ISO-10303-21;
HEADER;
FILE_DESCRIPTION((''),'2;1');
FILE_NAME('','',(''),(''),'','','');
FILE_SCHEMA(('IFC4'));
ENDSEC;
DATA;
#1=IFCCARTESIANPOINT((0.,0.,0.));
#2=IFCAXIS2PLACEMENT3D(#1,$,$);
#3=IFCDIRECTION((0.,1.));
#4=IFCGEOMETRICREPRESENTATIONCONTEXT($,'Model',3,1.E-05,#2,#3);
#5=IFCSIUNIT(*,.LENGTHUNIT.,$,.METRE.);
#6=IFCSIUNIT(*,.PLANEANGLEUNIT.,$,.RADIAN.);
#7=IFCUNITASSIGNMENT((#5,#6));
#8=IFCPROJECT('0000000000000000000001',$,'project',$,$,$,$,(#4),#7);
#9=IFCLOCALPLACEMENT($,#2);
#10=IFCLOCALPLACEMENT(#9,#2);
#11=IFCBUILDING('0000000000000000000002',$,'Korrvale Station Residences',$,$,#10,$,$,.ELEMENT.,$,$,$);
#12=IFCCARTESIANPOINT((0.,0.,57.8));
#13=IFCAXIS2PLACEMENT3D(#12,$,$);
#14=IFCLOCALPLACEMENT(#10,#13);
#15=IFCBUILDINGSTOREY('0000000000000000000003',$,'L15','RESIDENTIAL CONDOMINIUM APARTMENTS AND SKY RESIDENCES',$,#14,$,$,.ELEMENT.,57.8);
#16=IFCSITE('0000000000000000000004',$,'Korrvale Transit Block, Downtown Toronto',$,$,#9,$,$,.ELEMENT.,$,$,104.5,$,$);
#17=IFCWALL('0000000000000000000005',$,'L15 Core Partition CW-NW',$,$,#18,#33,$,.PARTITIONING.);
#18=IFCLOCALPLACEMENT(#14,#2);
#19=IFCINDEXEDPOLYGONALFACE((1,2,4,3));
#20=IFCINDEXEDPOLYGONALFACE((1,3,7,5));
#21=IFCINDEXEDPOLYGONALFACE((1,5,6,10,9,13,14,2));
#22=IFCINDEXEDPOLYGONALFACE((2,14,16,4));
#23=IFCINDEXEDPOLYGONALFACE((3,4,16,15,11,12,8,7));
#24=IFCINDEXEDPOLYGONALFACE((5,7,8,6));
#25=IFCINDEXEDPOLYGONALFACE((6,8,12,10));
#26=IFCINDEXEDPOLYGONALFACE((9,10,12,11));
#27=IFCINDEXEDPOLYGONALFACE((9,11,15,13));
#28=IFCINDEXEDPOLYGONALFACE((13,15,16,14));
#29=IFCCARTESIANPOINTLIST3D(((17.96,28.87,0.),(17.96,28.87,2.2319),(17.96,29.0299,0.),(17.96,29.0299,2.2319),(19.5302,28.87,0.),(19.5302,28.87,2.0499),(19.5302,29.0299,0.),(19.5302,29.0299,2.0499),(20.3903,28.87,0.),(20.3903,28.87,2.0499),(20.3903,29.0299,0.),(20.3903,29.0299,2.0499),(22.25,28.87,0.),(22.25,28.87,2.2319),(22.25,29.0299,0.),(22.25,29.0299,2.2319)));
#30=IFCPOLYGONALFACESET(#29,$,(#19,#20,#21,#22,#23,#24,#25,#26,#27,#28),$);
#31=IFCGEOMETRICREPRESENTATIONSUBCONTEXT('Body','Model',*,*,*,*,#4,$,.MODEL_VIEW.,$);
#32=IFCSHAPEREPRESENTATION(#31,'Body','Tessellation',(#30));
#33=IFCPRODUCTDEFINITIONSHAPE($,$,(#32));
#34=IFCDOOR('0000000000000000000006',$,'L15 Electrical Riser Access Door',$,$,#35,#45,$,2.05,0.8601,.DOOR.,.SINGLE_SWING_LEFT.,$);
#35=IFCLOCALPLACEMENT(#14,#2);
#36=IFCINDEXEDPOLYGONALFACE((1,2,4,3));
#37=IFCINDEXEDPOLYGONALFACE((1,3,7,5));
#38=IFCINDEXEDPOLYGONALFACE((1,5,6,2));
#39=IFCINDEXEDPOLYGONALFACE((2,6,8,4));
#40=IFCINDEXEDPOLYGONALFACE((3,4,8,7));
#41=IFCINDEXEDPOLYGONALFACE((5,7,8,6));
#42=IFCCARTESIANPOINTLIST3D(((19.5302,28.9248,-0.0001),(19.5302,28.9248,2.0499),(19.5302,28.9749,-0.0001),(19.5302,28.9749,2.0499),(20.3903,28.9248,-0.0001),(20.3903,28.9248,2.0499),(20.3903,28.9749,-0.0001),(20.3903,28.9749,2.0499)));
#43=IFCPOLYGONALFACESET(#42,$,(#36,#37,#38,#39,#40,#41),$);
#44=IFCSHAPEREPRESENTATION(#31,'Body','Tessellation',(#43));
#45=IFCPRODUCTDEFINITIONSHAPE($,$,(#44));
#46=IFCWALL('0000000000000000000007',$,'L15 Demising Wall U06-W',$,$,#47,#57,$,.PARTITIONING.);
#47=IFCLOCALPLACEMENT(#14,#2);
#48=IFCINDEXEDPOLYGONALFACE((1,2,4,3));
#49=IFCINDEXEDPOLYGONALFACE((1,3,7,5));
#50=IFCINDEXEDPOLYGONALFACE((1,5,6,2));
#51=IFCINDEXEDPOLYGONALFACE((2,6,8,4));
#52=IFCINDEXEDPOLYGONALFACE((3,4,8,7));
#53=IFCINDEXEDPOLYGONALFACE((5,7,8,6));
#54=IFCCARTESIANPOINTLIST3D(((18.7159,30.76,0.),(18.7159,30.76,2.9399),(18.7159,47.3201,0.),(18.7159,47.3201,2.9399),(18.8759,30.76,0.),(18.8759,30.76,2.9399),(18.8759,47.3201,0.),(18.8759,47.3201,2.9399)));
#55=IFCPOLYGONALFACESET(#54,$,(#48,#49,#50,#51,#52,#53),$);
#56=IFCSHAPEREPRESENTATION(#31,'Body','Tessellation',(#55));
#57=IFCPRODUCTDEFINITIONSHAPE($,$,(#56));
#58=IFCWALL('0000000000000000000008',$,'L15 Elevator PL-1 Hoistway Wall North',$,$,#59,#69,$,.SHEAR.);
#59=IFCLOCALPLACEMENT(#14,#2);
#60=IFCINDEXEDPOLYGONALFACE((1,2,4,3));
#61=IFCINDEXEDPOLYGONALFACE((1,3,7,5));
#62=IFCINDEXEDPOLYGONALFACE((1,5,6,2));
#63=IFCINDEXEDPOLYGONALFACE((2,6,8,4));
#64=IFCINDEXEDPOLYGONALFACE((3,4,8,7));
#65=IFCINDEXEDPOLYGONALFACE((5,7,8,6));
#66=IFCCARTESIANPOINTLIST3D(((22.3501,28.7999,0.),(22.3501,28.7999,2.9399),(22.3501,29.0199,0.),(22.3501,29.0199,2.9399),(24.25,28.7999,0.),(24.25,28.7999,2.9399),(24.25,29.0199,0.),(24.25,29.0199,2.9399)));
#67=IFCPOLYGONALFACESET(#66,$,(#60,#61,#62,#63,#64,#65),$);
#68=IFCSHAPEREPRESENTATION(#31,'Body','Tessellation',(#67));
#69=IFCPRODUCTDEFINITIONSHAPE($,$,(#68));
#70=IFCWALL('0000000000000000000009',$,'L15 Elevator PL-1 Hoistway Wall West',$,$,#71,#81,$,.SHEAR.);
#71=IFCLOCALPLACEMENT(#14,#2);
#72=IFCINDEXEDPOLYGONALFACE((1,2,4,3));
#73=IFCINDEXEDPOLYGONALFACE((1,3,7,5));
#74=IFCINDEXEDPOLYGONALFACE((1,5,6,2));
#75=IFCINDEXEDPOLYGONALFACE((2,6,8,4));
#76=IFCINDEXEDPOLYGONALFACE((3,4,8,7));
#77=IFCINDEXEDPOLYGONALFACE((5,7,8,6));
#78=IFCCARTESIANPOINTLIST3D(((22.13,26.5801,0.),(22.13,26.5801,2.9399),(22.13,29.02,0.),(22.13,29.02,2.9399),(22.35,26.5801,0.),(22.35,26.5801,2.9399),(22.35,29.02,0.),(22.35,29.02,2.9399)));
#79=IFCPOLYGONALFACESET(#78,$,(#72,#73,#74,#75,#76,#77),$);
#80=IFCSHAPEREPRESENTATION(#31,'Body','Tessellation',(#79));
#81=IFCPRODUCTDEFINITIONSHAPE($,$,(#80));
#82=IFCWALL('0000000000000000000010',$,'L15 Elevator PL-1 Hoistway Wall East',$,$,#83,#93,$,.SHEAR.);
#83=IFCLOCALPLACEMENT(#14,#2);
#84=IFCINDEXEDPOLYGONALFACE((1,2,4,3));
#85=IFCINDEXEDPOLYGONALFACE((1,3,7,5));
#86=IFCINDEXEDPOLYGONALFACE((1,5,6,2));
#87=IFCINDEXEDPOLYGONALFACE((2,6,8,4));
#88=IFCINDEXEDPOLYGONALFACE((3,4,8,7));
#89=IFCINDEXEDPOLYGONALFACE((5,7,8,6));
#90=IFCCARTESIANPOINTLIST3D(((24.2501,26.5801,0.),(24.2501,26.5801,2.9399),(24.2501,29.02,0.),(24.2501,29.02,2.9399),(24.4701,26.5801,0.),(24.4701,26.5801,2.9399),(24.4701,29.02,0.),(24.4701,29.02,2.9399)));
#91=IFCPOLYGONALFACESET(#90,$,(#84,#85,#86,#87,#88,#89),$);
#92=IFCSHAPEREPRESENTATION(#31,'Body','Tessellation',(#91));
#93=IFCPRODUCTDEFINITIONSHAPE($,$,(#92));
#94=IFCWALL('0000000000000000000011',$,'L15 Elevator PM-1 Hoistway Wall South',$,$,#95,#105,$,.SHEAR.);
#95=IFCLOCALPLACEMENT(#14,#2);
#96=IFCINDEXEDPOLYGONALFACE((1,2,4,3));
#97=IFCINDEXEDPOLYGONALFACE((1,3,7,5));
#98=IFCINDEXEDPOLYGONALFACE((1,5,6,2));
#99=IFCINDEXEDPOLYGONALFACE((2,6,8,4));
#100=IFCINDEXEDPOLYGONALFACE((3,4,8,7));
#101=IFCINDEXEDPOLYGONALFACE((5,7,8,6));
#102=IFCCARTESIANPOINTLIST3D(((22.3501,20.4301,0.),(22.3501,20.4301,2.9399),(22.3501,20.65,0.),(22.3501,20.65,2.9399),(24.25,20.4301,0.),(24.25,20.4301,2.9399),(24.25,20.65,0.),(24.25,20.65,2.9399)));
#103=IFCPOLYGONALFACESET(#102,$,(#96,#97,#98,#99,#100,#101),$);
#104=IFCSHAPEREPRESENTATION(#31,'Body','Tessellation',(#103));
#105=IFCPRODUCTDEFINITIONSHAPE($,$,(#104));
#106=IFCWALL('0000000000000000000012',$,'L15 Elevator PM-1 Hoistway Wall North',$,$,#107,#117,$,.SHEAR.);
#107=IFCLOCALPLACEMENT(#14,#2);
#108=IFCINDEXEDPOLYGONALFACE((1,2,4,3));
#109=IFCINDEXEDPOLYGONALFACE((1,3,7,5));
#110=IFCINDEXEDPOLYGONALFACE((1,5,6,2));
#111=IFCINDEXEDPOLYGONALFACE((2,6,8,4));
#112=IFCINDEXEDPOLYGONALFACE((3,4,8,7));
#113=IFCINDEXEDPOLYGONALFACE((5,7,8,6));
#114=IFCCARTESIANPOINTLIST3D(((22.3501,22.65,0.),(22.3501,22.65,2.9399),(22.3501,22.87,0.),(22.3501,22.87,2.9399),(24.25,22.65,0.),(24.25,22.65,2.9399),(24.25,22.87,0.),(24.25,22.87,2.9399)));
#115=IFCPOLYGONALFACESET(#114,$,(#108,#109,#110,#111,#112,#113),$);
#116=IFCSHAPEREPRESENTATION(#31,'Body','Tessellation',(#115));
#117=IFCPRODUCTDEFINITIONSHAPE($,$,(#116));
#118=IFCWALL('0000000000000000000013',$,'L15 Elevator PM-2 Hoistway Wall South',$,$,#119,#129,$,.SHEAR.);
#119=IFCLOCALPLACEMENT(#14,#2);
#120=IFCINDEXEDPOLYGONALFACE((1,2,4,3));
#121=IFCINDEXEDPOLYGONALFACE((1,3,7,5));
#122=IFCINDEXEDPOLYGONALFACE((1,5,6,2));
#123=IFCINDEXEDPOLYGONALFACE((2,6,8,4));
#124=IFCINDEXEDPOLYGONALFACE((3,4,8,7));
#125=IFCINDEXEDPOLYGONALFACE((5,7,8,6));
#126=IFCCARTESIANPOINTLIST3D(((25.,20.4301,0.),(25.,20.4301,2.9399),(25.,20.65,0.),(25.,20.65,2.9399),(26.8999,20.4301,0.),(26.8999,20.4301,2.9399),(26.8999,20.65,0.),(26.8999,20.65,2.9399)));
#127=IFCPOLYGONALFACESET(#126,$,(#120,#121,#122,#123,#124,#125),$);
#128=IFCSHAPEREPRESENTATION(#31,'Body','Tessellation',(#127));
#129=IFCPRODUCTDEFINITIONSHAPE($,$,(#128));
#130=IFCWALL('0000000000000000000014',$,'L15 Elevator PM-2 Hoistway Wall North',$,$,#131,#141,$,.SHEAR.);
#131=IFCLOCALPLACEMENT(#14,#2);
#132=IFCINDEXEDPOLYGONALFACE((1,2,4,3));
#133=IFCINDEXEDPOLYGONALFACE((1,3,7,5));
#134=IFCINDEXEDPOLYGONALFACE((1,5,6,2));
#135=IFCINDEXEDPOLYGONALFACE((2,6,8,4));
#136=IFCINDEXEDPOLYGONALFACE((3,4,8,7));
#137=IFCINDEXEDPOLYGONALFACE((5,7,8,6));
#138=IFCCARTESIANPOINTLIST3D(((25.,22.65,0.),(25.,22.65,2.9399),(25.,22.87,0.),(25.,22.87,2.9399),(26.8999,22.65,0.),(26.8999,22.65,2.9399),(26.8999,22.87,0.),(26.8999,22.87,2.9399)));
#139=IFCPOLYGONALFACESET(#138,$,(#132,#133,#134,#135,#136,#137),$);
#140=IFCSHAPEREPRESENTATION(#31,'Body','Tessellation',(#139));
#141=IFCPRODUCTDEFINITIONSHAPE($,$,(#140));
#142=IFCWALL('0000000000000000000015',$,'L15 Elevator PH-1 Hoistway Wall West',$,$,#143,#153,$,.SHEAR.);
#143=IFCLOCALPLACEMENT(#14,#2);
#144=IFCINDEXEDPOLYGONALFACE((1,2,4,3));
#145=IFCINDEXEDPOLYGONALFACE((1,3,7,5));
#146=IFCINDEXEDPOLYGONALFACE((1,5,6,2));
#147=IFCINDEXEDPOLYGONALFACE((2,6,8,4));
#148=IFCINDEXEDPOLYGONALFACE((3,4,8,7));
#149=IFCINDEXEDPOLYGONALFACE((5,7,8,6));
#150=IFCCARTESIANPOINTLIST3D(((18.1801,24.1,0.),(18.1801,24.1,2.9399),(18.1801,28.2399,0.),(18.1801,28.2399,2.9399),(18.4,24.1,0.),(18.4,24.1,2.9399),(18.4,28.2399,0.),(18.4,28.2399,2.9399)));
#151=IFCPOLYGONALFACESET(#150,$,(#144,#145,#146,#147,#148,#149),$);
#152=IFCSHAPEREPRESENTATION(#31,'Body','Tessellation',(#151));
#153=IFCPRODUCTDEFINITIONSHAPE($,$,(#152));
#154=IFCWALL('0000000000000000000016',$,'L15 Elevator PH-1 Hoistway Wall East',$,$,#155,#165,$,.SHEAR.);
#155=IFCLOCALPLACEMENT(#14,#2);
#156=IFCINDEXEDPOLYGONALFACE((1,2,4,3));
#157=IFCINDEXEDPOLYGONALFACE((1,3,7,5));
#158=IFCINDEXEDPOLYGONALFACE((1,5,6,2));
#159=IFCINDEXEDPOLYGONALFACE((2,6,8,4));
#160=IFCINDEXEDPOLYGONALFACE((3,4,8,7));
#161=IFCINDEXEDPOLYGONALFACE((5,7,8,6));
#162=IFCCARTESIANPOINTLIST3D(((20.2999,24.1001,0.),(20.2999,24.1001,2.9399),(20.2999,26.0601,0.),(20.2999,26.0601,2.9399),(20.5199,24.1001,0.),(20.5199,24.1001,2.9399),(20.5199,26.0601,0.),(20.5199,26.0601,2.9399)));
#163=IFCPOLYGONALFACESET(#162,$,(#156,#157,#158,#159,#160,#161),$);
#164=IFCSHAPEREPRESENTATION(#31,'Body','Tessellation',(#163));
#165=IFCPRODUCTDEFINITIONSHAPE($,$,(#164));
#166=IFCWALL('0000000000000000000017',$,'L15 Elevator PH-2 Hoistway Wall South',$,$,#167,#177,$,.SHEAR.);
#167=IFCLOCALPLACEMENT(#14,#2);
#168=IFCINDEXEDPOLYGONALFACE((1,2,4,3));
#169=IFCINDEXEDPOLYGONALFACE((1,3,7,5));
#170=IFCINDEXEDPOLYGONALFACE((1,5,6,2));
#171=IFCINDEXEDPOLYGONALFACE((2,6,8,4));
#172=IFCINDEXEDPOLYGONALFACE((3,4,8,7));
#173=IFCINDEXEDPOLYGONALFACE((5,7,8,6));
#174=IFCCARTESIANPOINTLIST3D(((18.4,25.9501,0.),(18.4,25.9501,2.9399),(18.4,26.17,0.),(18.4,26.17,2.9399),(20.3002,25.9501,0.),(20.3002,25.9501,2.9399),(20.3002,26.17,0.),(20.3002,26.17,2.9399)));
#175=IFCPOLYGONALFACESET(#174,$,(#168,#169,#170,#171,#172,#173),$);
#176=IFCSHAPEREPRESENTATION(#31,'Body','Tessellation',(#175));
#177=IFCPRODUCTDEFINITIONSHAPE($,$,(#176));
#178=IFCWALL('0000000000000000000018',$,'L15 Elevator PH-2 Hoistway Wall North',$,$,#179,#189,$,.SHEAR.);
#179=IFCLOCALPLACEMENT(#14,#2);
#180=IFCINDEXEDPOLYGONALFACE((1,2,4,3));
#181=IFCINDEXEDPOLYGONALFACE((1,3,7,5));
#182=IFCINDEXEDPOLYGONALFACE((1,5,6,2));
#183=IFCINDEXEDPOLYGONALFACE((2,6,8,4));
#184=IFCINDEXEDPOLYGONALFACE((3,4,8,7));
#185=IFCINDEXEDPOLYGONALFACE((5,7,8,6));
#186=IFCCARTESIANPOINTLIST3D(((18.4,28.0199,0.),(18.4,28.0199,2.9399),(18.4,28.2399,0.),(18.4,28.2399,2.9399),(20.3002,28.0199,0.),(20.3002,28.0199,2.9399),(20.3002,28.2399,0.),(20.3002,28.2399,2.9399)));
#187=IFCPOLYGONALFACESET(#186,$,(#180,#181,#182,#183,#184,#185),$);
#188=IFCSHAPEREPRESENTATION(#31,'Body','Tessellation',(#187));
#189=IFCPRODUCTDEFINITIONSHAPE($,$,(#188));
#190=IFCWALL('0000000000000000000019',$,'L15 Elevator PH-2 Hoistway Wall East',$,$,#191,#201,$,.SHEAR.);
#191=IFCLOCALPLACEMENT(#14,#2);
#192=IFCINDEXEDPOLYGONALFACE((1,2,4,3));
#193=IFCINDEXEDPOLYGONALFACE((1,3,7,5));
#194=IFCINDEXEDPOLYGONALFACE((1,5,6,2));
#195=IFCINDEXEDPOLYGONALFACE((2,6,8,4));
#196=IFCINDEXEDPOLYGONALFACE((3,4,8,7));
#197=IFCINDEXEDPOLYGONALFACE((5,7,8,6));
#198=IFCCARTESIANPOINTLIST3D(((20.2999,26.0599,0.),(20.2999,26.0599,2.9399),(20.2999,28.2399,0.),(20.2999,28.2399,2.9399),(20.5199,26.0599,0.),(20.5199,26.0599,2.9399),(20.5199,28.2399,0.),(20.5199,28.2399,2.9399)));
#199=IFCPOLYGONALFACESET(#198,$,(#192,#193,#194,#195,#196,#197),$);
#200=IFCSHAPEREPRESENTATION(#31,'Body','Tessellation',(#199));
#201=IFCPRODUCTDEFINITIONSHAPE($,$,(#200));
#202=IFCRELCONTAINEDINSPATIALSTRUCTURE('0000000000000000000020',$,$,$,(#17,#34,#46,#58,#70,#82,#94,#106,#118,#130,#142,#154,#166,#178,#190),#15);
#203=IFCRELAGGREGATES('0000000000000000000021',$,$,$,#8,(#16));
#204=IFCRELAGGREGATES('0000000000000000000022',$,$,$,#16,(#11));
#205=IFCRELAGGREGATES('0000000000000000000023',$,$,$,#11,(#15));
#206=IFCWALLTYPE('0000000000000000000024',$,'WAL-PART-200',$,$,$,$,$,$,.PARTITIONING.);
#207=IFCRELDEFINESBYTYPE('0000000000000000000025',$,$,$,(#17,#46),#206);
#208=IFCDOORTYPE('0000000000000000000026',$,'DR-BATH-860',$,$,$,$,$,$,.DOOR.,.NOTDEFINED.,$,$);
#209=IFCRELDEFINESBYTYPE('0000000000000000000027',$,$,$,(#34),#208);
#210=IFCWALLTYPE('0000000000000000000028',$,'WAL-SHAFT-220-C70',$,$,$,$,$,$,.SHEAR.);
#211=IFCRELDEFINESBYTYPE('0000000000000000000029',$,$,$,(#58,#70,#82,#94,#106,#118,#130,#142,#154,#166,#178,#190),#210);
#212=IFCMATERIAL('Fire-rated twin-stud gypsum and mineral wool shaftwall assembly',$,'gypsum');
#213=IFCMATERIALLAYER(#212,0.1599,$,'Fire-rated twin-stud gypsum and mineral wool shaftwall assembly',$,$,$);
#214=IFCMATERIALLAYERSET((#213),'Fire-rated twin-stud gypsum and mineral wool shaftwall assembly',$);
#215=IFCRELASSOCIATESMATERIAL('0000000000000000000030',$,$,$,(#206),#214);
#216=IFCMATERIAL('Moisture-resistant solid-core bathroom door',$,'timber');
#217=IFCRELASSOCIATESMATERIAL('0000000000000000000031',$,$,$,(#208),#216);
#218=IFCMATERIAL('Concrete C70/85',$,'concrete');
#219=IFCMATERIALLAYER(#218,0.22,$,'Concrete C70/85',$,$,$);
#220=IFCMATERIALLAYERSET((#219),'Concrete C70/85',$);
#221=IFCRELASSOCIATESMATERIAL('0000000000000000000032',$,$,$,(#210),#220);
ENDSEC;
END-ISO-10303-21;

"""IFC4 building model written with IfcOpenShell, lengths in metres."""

from ifc_helpers import new_model, si_unit, direction, frame, frame_2d, origin, place, context, subcontext, project, spatial, rectangle, extrude, material, layer, layer_set, type_object, element, fill, save


model = new_model("IFC4")

# Units and contexts
model_context = context("Model", 3, precision=1e-05, world=origin(), true_north=direction((0.0, 1.0)))
body_context = subcontext(model_context, "Body", "Model", "MODEL_VIEW")
ifc_project = project(units=[si_unit("LENGTHUNIT", "METRE"), si_unit("PLANEANGLEUNIT", "RADIAN")], contexts=[model_context])

# Site, building, storey
site_placement = place(None, origin())
site = spatial("IfcSite", under=ifc_project, at=site_placement, Name="Korrvale Transit Block, Downtown Toronto", CompositionType="ELEMENT", RefElevation=104.5)
building_placement = place(site_placement, origin())
building = spatial("IfcBuilding", under=site, at=building_placement, Name="Korrvale Station Residences", CompositionType="ELEMENT")
storey_placement = place(building_placement, frame((0.0, 0.0, 57.8)))
storey = spatial("IfcBuildingStorey", under=building, at=storey_placement, Name="L15", Description="RESIDENTIAL CONDOMINIUM APARTMENTS AND SKY RESIDENCES", CompositionType="ELEMENT", Elevation=57.8)

# Shared definitions
ifc_material_1 = material(Name="Concrete C70/85", Category="concrete")

# Shared definitions
ifc_material_2 = material(Name="Fire-rated twin-stud gypsum and mineral wool shaftwall assembly", Category="gypsum")
ifc_layer_1 = layer(ifc_material_2, 0.1599, Name="Fire-rated twin-stud gypsum and mineral wool shaftwall assembly")
ifc_layer_set_1 = layer_set([ifc_layer_1], Name="Fire-rated twin-stud gypsum and mineral wool shaftwall assembly")
wall_type_1 = type_object("IfcWallType", Name="WAL-PART-200", PredefinedType="PARTITIONING", material=ifc_layer_set_1)

# Wall, opening, door
wall_1_placement = place(storey_placement, frame((17.96, 28.95, 0.0), z_axis=(0.0, 0.0, 1.0), x_axis=(1.0, 0.0, 0.0)))
wall_1 = element("IfcWall", 1, at=wall_1_placement, inside=storey, type_object=wall_type_1, Name="L15 Core Partition CW-NW", PredefinedType="PARTITIONING", context=body_context, shape_type="SweptSolid", body=[
    extrude(rectangle(XDim=4.29, YDim=0.1599, at=frame_2d((2.145, 0.0))), origin(), (0.0, 0.0, 1.0), 2.2319),
])
opening_1_placement = place(wall_1_placement, frame((1.5701, 0.0, 0.0)))
opening_1 = element("IfcOpeningElement", 2, at=opening_1_placement, cuts=wall_1, PredefinedType="OPENING", context=body_context, shape_type="SweptSolid", body=[
    extrude(rectangle(XDim=0.8601, YDim=2.05, at=frame_2d((0.4302, 1.0249))), frame((0.0, 0.0898, 0.0), z_axis=(0.0, -1.0, 0.0), x_axis=(1.0, 0.0, 0.0)), (0.0, 0.0, 1.0), 0.1799),
])
ifc_material_3 = material(Name="Moisture-resistant solid-core bathroom door", Category="timber")
door_type_1 = type_object("IfcDoorType", Name="DR-BATH-860", OperationType="NOTDEFINED", PredefinedType="DOOR", material=ifc_material_3)
door_1_placement = place(opening_1_placement, origin())
door_1 = element("IfcDoor", 3, at=door_1_placement, inside=storey, type_object=door_type_1, Name="L15 Electrical Riser Access Door", OperationType="SINGLE_SWING_LEFT", OverallHeight=2.05, OverallWidth=0.8601, PredefinedType="DOOR", context=body_context, shape_type="SweptSolid", body=[
    extrude(rectangle(XDim=0.8601, YDim=2.05, at=frame_2d((0.4302, 1.0249))), frame((0.0, 0.0249, 0.0), z_axis=(0.0, -1.0, 0.0), x_axis=(1.0, 0.0, 0.0)), (0.0, 0.0, 1.0), 0.05),
])
fill(opening_1, door_1)

# Wall
wall_2_placement = place(storey_placement, frame((18.7959, 30.76, 0.0), z_axis=(0.0, 0.0, 1.0), x_axis=(0.0, 1.0, 0.0)))
element("IfcWall", 4, at=wall_2_placement, inside=storey, type_object=wall_type_1, Name="L15 Demising Wall U06-W", PredefinedType="PARTITIONING", context=body_context, shape_type="SweptSolid", body=[
    extrude(rectangle(XDim=16.5601, YDim=0.1599, at=frame_2d((8.28, 0.0))), origin(), (0.0, 0.0, 1.0), 2.9399),
])

# Shared definitions
ifc_layer_2 = layer(ifc_material_1, 0.22, Name="Concrete C70/85")
ifc_layer_set_2 = layer_set([ifc_layer_2], Name="Concrete C70/85")
wall_type_2 = type_object("IfcWallType", Name="WAL-SHAFT-220-C70", PredefinedType="SHEAR", material=ifc_layer_set_2)

# Walls
wall_3_placement = place(storey_placement, frame((22.3501, 28.9099, 0.0), z_axis=(0.0, 0.0, 1.0), x_axis=(1.0, 0.0, 0.0)))
element("IfcWall", 5, at=wall_3_placement, inside=storey, type_object=wall_type_2, Name="L15 Elevator PL-1 Hoistway Wall North", PredefinedType="SHEAR", context=body_context, shape_type="SweptSolid", body=[
    extrude(rectangle(XDim=1.8999, YDim=0.22, at=frame_2d((0.95, 0.0))), origin(), (0.0, 0.0, 1.0), 2.9399),
])
for number, where, z_axis, x_axis, name in (
    (6, (22.24, 26.5801, 0.0), (0.0, 0.0, 1.0), (0.0, 1.0, 0.0), "L15 Elevator PL-1 Hoistway Wall West"),
    (7, (24.3601, 26.5801, 0.0), (0.0, 0.0, 1.0), (0.0, 1.0, 0.0), "L15 Elevator PL-1 Hoistway Wall East"),
):
    element("IfcWall", number, at=place(storey_placement, frame(where, z_axis=z_axis, x_axis=x_axis)), inside=storey, type_object=wall_type_2, Name=name, PredefinedType="SHEAR", context=body_context, shape_type="SweptSolid", body=[
        extrude(rectangle(XDim=2.4399, YDim=0.22, at=frame_2d((1.22, 0.0))), origin(), (0.0, 0.0, 1.0), 2.9399),
    ])
for number, where, z_axis, x_axis, name in (
    (8, (22.3501, 20.54, 0.0), (0.0, 0.0, 1.0), (1.0, 0.0, 0.0), "L15 Elevator PM-1 Hoistway Wall South"),
    (9, (22.3501, 22.76, 0.0), (0.0, 0.0, 1.0), (1.0, 0.0, 0.0), "L15 Elevator PM-1 Hoistway Wall North"),
    (10, (25.0, 20.54, 0.0), (0.0, 0.0, 1.0), (1.0, 0.0, 0.0), "L15 Elevator PM-2 Hoistway Wall South"),
    (11, (25.0, 22.76, 0.0), (0.0, 0.0, 1.0), (1.0, 0.0, 0.0), "L15 Elevator PM-2 Hoistway Wall North"),
):
    element("IfcWall", number, at=place(storey_placement, frame(where, z_axis=z_axis, x_axis=x_axis)), inside=storey, type_object=wall_type_2, Name=name, PredefinedType="SHEAR", context=body_context, shape_type="SweptSolid", body=[
        extrude(rectangle(XDim=1.8999, YDim=0.22, at=frame_2d((0.95, 0.0))), origin(), (0.0, 0.0, 1.0), 2.9399),
    ])
wall_4_placement = place(storey_placement, frame((18.29, 24.1001, 0.0), z_axis=(0.0, 0.0, 1.0), x_axis=(0.0, 1.0, 0.0)))
element("IfcWall", 12, at=wall_4_placement, inside=storey, type_object=wall_type_2, Name="L15 Elevator PH-1 Hoistway Wall West", PredefinedType="SHEAR", context=body_context, shape_type="SweptSolid", body=[
    extrude(rectangle(XDim=4.1399, YDim=0.22, at=frame_2d((2.0698, 0.0))), origin(), (0.0, 0.0, 1.0), 2.9399),
])
wall_5_placement = place(storey_placement, frame((20.4099, 24.1001, 0.0), z_axis=(0.0, 0.0, 1.0), x_axis=(0.0, 1.0, 0.0)))
element("IfcWall", 13, at=wall_5_placement, inside=storey, type_object=wall_type_2, Name="L15 Elevator PH-1 Hoistway Wall East", PredefinedType="SHEAR", context=body_context, shape_type="SweptSolid", body=[
    extrude(rectangle(XDim=1.96, YDim=0.22, at=frame_2d((0.98, 0.0))), origin(), (0.0, 0.0, 1.0), 2.9399),
])
for number, where, z_axis, x_axis, name in (
    (14, (18.3999, 26.0601, 0.0), (0.0, 0.0, 1.0), (1.0, 0.0, 0.0), "L15 Elevator PH-2 Hoistway Wall South"),
    (15, (18.3999, 28.1299, 0.0), (0.0, 0.0, 1.0), (1.0, 0.0, 0.0), "L15 Elevator PH-2 Hoistway Wall North"),
):
    element("IfcWall", number, at=place(storey_placement, frame(where, z_axis=z_axis, x_axis=x_axis)), inside=storey, type_object=wall_type_2, Name=name, PredefinedType="SHEAR", context=body_context, shape_type="SweptSolid", body=[
        extrude(rectangle(XDim=1.9001, YDim=0.22, at=frame_2d((0.9502, 0.0))), origin(), (0.0, 0.0, 1.0), 2.9399),
    ])
wall_6_placement = place(storey_placement, frame((20.4099, 26.0601, 0.0), z_axis=(0.0, 0.0, 1.0), x_axis=(0.0, 1.0, 0.0)))
element("IfcWall", 16, at=wall_6_placement, inside=storey, type_object=wall_type_2, Name="L15 Elevator PH-2 Hoistway Wall East", PredefinedType="SHEAR", context=body_context, shape_type="SweptSolid", body=[
    extrude(rectangle(XDim=2.1799, YDim=0.22, at=frame_2d((1.0898, 0.0))), origin(), (0.0, 0.0, 1.0), 2.9399),
])

save(model, "model.ifc")
